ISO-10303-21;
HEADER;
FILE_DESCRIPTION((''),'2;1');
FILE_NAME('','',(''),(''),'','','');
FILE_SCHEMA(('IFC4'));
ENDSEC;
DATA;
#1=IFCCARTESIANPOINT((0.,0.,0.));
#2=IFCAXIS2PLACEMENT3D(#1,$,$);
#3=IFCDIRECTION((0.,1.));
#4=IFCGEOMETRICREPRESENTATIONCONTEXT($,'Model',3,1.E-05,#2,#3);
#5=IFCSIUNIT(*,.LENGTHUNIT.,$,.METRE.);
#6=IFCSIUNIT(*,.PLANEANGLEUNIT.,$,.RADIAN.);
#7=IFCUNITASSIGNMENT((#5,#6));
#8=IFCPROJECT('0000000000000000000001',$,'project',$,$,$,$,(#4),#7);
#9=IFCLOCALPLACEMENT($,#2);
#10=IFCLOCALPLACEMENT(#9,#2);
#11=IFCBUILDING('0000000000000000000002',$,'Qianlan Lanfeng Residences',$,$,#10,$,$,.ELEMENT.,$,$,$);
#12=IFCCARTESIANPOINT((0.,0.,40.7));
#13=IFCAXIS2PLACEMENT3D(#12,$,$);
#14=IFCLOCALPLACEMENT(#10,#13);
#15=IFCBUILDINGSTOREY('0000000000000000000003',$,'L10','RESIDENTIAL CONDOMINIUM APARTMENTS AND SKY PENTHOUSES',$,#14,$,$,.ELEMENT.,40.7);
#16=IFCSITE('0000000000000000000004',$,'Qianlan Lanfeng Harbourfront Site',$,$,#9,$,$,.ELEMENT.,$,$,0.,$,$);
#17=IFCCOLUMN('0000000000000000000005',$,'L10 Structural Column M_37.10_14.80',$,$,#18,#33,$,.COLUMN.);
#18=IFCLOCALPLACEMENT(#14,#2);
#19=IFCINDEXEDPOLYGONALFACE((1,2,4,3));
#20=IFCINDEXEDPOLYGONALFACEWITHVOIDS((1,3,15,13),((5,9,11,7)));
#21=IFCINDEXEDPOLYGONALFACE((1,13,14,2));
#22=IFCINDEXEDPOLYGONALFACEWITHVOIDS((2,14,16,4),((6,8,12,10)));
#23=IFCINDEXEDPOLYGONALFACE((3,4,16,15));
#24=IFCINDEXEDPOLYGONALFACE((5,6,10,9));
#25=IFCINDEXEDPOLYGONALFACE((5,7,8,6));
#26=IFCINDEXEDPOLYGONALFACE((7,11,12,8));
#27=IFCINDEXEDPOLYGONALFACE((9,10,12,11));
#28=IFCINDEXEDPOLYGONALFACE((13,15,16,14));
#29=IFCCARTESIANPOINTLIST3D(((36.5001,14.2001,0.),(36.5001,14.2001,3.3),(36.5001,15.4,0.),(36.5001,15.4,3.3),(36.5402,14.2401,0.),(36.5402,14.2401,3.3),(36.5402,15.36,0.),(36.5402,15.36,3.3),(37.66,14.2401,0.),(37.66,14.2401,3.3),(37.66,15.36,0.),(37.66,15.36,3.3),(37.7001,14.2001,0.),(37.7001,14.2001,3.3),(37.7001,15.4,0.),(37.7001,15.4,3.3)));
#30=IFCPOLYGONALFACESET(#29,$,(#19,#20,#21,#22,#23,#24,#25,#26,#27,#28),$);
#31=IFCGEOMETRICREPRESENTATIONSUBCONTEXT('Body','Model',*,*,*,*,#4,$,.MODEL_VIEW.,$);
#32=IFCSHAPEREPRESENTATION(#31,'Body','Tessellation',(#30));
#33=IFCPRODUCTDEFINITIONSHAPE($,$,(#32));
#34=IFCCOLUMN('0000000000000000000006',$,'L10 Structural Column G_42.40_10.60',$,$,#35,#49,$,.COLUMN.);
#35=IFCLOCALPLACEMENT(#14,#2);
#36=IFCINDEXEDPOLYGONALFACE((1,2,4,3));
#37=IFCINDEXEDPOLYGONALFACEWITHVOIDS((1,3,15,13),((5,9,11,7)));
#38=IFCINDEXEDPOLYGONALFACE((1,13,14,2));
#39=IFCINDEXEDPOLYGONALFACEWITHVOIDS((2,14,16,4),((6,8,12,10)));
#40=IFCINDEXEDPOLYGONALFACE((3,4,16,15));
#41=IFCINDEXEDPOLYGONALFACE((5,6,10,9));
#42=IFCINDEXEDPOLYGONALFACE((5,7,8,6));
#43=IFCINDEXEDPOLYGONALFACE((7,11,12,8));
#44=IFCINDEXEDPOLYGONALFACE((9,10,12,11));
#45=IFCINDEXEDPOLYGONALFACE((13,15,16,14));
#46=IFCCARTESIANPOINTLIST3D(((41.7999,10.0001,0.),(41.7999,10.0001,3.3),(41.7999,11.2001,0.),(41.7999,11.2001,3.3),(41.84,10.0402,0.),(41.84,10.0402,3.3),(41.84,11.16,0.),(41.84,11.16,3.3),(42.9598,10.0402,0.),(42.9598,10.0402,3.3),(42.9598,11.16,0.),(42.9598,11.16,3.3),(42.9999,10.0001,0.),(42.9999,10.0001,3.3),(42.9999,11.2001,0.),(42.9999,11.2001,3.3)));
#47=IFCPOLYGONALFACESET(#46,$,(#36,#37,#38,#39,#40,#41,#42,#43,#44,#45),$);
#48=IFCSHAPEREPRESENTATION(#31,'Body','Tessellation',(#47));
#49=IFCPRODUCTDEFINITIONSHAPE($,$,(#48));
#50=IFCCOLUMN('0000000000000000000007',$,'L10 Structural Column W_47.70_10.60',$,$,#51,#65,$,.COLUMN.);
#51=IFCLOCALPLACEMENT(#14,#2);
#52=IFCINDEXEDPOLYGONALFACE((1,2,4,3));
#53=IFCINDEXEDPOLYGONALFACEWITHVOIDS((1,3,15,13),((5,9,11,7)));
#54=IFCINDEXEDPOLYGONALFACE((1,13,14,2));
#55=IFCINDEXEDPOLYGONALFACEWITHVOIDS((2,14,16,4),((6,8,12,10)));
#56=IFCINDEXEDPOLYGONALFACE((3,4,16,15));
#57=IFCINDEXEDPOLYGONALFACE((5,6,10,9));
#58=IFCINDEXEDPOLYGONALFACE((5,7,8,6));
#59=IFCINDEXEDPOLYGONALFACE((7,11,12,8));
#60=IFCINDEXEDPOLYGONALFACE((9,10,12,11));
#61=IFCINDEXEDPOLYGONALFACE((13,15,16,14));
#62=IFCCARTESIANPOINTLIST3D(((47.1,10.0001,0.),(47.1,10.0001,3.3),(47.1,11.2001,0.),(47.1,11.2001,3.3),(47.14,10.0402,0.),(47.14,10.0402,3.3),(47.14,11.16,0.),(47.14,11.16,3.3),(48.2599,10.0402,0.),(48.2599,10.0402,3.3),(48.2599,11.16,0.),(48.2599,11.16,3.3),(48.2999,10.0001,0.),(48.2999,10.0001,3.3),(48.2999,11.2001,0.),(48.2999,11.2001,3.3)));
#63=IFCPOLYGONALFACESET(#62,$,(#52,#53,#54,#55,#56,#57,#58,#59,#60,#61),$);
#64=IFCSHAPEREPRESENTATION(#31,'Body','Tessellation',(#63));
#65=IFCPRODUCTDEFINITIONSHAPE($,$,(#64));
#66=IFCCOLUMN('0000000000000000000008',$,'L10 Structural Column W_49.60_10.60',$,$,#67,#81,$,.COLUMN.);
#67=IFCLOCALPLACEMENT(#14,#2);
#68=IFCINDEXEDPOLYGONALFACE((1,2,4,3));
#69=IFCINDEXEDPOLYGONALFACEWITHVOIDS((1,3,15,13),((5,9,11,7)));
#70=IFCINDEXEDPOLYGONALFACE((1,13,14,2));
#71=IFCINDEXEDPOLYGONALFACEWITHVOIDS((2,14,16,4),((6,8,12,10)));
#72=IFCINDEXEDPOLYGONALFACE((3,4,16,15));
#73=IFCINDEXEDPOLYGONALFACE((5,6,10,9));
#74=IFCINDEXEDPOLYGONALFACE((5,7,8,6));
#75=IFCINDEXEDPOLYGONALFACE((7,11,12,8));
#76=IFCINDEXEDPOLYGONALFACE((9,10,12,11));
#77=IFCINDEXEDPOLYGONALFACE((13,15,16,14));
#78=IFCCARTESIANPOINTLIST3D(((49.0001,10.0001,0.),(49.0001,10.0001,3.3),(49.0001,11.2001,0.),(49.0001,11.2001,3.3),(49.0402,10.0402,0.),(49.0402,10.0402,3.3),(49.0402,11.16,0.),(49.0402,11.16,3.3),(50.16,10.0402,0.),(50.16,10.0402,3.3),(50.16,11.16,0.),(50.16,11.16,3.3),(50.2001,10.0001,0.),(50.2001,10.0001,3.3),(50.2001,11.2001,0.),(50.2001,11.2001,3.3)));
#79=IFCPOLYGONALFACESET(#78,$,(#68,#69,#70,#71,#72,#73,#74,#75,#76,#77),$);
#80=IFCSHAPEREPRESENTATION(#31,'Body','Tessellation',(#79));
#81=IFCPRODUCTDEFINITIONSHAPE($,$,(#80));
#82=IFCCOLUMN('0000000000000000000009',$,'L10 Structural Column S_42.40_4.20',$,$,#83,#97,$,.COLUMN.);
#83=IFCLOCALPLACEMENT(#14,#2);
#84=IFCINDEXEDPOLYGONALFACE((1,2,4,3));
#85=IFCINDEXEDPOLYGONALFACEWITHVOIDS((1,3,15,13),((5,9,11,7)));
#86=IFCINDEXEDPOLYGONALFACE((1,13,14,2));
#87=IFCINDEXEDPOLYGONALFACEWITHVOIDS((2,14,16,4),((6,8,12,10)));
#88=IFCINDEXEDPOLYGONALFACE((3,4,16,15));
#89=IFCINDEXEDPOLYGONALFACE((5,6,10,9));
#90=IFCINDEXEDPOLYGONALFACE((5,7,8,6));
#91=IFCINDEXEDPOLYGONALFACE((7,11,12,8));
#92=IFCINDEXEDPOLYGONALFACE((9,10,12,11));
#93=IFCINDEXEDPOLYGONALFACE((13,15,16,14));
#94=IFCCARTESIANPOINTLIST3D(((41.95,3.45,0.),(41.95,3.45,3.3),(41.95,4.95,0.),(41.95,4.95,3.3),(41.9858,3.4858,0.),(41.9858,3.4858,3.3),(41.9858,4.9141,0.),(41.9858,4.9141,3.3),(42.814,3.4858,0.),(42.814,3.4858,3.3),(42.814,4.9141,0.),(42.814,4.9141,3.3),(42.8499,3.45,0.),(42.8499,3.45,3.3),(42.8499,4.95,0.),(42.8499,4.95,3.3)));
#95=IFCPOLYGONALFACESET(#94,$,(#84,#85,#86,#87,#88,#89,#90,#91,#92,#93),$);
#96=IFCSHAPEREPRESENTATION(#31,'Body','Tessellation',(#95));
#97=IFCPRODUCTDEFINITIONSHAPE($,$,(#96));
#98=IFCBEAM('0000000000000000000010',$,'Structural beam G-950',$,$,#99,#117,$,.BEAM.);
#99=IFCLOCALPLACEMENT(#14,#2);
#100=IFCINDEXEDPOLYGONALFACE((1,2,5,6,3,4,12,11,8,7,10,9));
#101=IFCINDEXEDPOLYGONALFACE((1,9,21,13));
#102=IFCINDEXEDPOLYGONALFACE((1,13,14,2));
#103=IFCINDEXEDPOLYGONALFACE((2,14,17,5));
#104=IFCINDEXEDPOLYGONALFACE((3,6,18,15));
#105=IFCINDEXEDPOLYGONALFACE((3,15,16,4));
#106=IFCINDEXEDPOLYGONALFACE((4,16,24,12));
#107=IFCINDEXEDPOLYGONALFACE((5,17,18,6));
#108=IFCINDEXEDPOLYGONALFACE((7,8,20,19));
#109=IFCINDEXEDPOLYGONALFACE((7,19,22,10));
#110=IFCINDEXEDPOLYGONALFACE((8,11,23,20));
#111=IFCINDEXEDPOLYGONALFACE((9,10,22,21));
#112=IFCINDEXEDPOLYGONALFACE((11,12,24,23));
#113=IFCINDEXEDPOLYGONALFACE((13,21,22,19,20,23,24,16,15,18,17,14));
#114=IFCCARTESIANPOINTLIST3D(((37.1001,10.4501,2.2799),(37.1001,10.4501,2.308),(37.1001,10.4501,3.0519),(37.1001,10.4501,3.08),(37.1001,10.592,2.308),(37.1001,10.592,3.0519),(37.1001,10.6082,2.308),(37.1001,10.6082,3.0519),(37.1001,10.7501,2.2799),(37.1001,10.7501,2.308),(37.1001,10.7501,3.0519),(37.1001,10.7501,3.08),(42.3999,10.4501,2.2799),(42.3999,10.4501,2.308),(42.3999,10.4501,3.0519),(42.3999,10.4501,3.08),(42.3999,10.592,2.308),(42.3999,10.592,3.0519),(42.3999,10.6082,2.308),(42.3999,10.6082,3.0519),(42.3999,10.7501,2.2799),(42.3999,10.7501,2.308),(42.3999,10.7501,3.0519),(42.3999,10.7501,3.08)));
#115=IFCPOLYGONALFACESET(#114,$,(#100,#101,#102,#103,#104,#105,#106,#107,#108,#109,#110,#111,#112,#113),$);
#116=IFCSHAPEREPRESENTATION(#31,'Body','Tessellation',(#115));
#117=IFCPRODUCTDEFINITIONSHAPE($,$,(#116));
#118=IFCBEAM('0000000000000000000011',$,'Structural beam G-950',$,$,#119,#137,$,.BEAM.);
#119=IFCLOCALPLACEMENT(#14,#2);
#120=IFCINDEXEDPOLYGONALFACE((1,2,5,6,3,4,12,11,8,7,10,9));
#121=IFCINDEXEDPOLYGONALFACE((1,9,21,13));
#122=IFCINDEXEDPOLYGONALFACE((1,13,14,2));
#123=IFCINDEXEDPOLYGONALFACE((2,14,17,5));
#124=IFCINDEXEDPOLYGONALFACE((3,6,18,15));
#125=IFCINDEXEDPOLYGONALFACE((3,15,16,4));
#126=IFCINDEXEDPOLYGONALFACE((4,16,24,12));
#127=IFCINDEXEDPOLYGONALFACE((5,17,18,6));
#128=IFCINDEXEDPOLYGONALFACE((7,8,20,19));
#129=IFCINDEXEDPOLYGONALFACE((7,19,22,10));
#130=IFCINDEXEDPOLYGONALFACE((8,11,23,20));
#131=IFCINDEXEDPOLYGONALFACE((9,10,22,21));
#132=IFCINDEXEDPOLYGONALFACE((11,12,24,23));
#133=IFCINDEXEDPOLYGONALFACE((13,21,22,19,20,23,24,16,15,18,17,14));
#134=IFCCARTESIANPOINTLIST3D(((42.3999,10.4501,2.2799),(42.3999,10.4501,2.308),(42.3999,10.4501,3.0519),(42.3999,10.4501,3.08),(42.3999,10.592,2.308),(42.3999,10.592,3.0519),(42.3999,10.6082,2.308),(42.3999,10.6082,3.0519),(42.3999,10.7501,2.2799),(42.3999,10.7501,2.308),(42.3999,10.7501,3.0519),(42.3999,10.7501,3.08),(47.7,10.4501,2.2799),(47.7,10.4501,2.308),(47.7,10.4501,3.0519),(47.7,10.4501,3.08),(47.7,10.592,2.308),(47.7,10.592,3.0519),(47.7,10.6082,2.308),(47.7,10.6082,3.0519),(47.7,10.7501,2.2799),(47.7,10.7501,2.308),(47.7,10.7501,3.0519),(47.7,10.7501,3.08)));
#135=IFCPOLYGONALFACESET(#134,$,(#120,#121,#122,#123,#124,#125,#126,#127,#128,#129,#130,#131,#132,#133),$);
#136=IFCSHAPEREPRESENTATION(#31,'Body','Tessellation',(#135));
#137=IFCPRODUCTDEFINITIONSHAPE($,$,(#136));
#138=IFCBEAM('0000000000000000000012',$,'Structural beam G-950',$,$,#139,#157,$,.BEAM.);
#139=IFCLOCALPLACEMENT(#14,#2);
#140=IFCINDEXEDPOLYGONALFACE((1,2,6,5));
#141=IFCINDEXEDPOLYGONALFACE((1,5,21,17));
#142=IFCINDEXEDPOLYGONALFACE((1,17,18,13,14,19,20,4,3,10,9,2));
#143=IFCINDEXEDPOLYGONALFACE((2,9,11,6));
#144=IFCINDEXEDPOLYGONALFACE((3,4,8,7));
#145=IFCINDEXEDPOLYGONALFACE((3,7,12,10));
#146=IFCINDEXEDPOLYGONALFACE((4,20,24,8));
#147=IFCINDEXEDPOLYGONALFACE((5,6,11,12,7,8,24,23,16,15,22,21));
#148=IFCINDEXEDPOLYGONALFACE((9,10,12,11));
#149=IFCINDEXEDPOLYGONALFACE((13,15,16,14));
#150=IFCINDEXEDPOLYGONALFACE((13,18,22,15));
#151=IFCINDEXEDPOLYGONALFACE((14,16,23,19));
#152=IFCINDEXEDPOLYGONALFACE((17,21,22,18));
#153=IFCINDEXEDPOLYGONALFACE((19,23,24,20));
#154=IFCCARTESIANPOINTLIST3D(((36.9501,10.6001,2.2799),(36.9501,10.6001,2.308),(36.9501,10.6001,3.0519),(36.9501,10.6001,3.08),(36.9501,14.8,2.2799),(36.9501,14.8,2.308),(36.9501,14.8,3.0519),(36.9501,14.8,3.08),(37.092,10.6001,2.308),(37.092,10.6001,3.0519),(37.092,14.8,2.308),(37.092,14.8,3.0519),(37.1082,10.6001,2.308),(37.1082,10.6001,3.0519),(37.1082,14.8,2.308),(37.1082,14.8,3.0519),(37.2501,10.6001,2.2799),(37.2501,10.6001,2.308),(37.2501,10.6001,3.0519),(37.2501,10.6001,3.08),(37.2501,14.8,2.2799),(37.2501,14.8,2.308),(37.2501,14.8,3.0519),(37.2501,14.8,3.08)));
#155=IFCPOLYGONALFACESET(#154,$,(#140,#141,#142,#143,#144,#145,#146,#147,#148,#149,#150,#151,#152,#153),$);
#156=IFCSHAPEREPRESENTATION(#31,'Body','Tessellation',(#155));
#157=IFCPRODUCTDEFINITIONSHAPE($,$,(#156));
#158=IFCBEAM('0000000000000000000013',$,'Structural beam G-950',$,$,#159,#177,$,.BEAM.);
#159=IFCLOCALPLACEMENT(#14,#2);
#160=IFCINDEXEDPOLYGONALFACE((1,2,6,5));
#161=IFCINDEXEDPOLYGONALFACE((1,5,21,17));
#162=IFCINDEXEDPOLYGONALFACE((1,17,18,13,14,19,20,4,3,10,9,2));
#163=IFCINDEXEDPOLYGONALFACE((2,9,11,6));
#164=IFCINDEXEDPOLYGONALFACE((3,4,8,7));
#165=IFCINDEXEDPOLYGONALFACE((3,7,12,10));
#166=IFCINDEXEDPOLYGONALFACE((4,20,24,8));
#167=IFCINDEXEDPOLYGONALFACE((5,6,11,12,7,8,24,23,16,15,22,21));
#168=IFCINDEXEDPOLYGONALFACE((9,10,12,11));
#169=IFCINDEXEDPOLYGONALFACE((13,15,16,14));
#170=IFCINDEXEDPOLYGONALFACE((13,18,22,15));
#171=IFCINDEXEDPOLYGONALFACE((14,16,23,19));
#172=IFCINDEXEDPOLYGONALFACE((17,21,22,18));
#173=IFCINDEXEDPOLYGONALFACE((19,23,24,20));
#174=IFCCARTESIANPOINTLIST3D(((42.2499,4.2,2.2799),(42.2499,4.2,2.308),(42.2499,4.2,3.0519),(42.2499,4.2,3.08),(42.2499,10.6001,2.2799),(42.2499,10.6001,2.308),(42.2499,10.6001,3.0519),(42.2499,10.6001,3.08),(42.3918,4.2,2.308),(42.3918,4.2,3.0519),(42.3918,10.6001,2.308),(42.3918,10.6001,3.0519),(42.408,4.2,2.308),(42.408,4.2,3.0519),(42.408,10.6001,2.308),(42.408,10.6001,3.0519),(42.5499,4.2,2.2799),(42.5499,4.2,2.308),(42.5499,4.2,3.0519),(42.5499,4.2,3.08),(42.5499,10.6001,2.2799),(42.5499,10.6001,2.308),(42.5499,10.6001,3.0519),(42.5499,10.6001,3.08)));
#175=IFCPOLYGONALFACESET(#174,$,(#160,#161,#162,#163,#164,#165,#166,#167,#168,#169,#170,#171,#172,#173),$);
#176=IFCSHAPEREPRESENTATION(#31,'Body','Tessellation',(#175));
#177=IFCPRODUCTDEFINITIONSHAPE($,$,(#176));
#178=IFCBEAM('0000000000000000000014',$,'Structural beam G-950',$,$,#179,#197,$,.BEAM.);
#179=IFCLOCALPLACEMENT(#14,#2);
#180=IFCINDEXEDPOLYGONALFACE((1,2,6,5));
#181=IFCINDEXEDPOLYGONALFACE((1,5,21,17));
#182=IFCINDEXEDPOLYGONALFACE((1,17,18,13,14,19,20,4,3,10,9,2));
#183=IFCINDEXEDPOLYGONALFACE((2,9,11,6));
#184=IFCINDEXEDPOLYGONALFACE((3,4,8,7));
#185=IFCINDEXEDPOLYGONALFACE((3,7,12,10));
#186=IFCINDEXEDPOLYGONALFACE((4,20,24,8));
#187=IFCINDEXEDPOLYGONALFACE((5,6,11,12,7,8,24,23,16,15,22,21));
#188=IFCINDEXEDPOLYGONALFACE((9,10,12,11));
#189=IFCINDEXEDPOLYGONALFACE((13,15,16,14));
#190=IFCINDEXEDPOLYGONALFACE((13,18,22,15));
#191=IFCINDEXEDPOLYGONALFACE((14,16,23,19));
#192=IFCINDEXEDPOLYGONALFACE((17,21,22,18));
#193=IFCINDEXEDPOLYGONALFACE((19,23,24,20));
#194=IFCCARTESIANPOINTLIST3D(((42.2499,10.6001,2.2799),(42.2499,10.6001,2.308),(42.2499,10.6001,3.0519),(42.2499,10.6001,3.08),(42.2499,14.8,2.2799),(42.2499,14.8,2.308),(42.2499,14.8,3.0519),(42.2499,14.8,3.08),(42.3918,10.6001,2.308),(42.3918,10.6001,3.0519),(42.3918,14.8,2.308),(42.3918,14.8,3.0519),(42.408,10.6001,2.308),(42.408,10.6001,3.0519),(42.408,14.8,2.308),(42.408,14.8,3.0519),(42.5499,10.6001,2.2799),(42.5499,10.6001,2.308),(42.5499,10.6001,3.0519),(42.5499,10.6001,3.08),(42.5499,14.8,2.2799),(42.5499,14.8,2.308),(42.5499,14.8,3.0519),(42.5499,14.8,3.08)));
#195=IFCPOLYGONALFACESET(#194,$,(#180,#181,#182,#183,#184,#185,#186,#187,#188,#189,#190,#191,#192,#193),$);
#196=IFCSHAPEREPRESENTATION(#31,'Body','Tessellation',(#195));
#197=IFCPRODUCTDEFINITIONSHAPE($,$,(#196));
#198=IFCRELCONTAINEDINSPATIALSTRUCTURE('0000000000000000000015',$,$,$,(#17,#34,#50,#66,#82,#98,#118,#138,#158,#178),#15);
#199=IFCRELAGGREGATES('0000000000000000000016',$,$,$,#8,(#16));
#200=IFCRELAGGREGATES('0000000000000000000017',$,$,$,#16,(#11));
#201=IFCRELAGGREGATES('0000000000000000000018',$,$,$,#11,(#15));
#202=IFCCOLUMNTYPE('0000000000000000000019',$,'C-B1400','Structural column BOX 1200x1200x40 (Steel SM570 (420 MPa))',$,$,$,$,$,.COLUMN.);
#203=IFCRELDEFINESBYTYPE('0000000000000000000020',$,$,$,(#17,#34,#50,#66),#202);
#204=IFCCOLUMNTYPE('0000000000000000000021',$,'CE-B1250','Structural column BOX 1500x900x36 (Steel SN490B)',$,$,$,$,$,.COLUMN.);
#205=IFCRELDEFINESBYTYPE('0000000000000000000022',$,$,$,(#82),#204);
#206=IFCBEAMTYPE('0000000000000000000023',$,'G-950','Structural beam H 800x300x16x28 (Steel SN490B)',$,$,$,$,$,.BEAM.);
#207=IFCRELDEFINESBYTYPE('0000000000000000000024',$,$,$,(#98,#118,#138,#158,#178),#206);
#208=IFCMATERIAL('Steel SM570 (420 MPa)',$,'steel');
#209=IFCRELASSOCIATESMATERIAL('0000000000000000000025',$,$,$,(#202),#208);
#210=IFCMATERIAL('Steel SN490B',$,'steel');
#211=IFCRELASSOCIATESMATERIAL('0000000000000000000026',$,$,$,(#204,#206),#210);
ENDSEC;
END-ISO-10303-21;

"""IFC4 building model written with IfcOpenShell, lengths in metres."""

from ifc_helpers import new_model, si_unit, direction, frame, origin, origin_2d, place, context, subcontext, project, spatial, hollow_rectangle, i_section, extrude, material, material_profile, profile_set, type_object, element, save


model = new_model("IFC4")

# Units and contexts
model_context = context("Model", 3, precision=1e-05, world=origin(), true_north=direction((0.0, 1.0)))
body_context = subcontext(model_context, "Body", "Model", "MODEL_VIEW")
ifc_project = project(units=[si_unit("LENGTHUNIT", "METRE"), si_unit("PLANEANGLEUNIT", "RADIAN")], contexts=[model_context])

# Site, building, storey
site_placement = place(None, origin())
site = spatial("IfcSite", under=ifc_project, at=site_placement, Name="Qianlan Lanfeng Harbourfront Site", CompositionType="ELEMENT", RefElevation=0.0)
building_placement = place(site_placement, origin())
building = spatial("IfcBuilding", under=site, at=building_placement, Name="Qianlan Lanfeng Residences", CompositionType="ELEMENT")
storey_placement = place(building_placement, frame((0.0, 0.0, 40.7)))
storey = spatial("IfcBuildingStorey", under=building, at=storey_placement, Name="L10", Description="RESIDENTIAL CONDOMINIUM APARTMENTS AND SKY PENTHOUSES", CompositionType="ELEMENT", Elevation=40.7)

# Columns
ifc_material_1 = material(Name="Steel SM570 (420 MPa)", Category="steel")
ifc_material_profile_1 = material_profile(ifc_material_1, hollow_rectangle(XDim=1.2, YDim=1.2, WallThickness=0.04, at=origin_2d()), Name="BOX 1200x1200x40")
ifc_profile_set_1 = profile_set([ifc_material_profile_1], Name="Steel SM570 (420 MPa)")
column_type_1 = type_object("IfcColumnType", Name="C-B1400", Description="Structural column BOX 1200x1200x40 (Steel SM570 (420 MPa))", PredefinedType="COLUMN", material=ifc_profile_set_1)
for number, where, z_axis, x_axis, name in (
    (1, (37.1001, 14.8, 0.0), (0.0, 0.0, 1.0), (1.0, 0.0, 0.0), "L10 Structural Column M_37.10_14.80"),
    (2, (42.3999, 10.6001, 0.0), (0.0, 0.0, 1.0), (1.0, 0.0, 0.0), "L10 Structural Column G_42.40_10.60"),
    (3, (47.7, 10.6001, 0.0), (0.0, 0.0, 1.0), (1.0, 0.0, 0.0), "L10 Structural Column W_47.70_10.60"),
    (4, (49.6001, 10.6001, 0.0), (0.0, 0.0, 1.0), (1.0, 0.0, 0.0), "L10 Structural Column W_49.60_10.60"),
):
    element("IfcColumn", number, at=place(storey_placement, frame(where, z_axis=z_axis, x_axis=x_axis)), inside=storey, type_object=column_type_1, Name=name, PredefinedType="COLUMN", context=body_context, shape_type="SweptSolid", body=[
        extrude(hollow_rectangle(XDim=1.2, YDim=1.2, WallThickness=0.04, at=origin_2d()), origin(), (0.0, 0.0, 1.0), 3.3),
    ])
ifc_material_2 = material(Name="Steel SN490B", Category="steel")
ifc_material_profile_2 = material_profile(ifc_material_2, hollow_rectangle(XDim=0.8999, YDim=1.5, WallThickness=0.0359, at=origin_2d()), Name="BOX 1500x900x36")
ifc_profile_set_2 = profile_set([ifc_material_profile_2], Name="Steel SN490B")
column_type_2 = type_object("IfcColumnType", Name="CE-B1250", Description="Structural column BOX 1500x900x36 (Steel SN490B)", PredefinedType="COLUMN", material=ifc_profile_set_2)
column_placement = place(storey_placement, frame((42.3999, 4.2, 0.0), z_axis=(0.0, 0.0, 1.0), x_axis=(1.0, 0.0, 0.0)))
element("IfcColumn", 5, at=column_placement, inside=storey, type_object=column_type_2, Name="L10 Structural Column S_42.40_4.20", PredefinedType="COLUMN", context=body_context, shape_type="SweptSolid", body=[
    extrude(hollow_rectangle(XDim=0.8999, YDim=1.5, WallThickness=0.0359, at=origin_2d()), origin(), (0.0, 0.0, 1.0), 3.3),
])

# Beams
ifc_material_profile_3 = material_profile(ifc_material_2, i_section(OverallWidth=0.3, OverallDepth=0.8, WebThickness=0.0161, FlangeThickness=0.0281, at=origin_2d()), Name="H 800x300x16x28")
ifc_profile_set_3 = profile_set([ifc_material_profile_3], Name="Steel SN490B")
beam_type_1 = type_object("IfcBeamType", Name="G-950", Description="Structural beam H 800x300x16x28 (Steel SN490B)", PredefinedType="BEAM", material=ifc_profile_set_3)
beam_1_placement = place(storey_placement, frame((37.1001, 10.6001, 2.6799), z_axis=(1.0, 0.0, 0.0), x_axis=(0.0, 1.0, 0.0)))
element("IfcBeam", 6, at=beam_1_placement, inside=storey, type_object=beam_type_1, Name="Structural beam G-950", PredefinedType="BEAM", context=body_context, shape_type="SweptSolid", body=[
    extrude(i_section(OverallWidth=0.3, OverallDepth=0.8, WebThickness=0.0161, FlangeThickness=0.0281, at=origin_2d()), origin(), (0.0, 0.0, 1.0), 5.2998),
])
beam_2_placement = place(storey_placement, frame((42.3999, 10.6001, 2.6799), z_axis=(1.0, 0.0, 0.0), x_axis=(0.0, 1.0, 0.0)))
element("IfcBeam", 7, at=beam_2_placement, inside=storey, type_object=beam_type_1, Name="Structural beam G-950", PredefinedType="BEAM", context=body_context, shape_type="SweptSolid", body=[
    extrude(i_section(OverallWidth=0.3, OverallDepth=0.8, WebThickness=0.0161, FlangeThickness=0.0281, at=origin_2d()), origin(), (0.0, 0.0, 1.0), 5.3),
])
beam_3_placement = place(storey_placement, frame((37.1001, 10.6001, 2.6799), z_axis=(0.0, 1.0, 0.0), x_axis=(-1.0, 0.0, 0.0)))
element("IfcBeam", 8, at=beam_3_placement, inside=storey, type_object=beam_type_1, Name="Structural beam G-950", PredefinedType="BEAM", context=body_context, shape_type="SweptSolid", body=[
    extrude(i_section(OverallWidth=0.3, OverallDepth=0.8, WebThickness=0.0161, FlangeThickness=0.0281, at=origin_2d()), origin(), (0.0, 0.0, 1.0), 4.2),
])
beam_4_placement = place(storey_placement, frame((42.3999, 4.2, 2.6799), z_axis=(0.0, 1.0, 0.0), x_axis=(-1.0, 0.0, 0.0)))
element("IfcBeam", 9, at=beam_4_placement, inside=storey, type_object=beam_type_1, Name="Structural beam G-950", PredefinedType="BEAM", context=body_context, shape_type="SweptSolid", body=[
    extrude(i_section(OverallWidth=0.3, OverallDepth=0.8, WebThickness=0.0161, FlangeThickness=0.0281, at=origin_2d()), origin(), (0.0, 0.0, 1.0), 6.4001),
])
for number, where, z_axis, x_axis, name in (
    (10, (42.3999, 10.6001, 2.6799), (0.0, 1.0, 0.0), (-1.0, 0.0, 0.0), "Structural beam G-950"),
):
    element("IfcBeam", number, at=place(storey_placement, frame(where, z_axis=z_axis, x_axis=x_axis)), inside=storey, type_object=beam_type_1, Name=name, PredefinedType="BEAM", context=body_context, shape_type="SweptSolid", body=[
        extrude(i_section(OverallWidth=0.3, OverallDepth=0.8, WebThickness=0.0161, FlangeThickness=0.0281, at=origin_2d()), origin(), (0.0, 0.0, 1.0), 4.2),
    ])

save(model, "model.ifc")
